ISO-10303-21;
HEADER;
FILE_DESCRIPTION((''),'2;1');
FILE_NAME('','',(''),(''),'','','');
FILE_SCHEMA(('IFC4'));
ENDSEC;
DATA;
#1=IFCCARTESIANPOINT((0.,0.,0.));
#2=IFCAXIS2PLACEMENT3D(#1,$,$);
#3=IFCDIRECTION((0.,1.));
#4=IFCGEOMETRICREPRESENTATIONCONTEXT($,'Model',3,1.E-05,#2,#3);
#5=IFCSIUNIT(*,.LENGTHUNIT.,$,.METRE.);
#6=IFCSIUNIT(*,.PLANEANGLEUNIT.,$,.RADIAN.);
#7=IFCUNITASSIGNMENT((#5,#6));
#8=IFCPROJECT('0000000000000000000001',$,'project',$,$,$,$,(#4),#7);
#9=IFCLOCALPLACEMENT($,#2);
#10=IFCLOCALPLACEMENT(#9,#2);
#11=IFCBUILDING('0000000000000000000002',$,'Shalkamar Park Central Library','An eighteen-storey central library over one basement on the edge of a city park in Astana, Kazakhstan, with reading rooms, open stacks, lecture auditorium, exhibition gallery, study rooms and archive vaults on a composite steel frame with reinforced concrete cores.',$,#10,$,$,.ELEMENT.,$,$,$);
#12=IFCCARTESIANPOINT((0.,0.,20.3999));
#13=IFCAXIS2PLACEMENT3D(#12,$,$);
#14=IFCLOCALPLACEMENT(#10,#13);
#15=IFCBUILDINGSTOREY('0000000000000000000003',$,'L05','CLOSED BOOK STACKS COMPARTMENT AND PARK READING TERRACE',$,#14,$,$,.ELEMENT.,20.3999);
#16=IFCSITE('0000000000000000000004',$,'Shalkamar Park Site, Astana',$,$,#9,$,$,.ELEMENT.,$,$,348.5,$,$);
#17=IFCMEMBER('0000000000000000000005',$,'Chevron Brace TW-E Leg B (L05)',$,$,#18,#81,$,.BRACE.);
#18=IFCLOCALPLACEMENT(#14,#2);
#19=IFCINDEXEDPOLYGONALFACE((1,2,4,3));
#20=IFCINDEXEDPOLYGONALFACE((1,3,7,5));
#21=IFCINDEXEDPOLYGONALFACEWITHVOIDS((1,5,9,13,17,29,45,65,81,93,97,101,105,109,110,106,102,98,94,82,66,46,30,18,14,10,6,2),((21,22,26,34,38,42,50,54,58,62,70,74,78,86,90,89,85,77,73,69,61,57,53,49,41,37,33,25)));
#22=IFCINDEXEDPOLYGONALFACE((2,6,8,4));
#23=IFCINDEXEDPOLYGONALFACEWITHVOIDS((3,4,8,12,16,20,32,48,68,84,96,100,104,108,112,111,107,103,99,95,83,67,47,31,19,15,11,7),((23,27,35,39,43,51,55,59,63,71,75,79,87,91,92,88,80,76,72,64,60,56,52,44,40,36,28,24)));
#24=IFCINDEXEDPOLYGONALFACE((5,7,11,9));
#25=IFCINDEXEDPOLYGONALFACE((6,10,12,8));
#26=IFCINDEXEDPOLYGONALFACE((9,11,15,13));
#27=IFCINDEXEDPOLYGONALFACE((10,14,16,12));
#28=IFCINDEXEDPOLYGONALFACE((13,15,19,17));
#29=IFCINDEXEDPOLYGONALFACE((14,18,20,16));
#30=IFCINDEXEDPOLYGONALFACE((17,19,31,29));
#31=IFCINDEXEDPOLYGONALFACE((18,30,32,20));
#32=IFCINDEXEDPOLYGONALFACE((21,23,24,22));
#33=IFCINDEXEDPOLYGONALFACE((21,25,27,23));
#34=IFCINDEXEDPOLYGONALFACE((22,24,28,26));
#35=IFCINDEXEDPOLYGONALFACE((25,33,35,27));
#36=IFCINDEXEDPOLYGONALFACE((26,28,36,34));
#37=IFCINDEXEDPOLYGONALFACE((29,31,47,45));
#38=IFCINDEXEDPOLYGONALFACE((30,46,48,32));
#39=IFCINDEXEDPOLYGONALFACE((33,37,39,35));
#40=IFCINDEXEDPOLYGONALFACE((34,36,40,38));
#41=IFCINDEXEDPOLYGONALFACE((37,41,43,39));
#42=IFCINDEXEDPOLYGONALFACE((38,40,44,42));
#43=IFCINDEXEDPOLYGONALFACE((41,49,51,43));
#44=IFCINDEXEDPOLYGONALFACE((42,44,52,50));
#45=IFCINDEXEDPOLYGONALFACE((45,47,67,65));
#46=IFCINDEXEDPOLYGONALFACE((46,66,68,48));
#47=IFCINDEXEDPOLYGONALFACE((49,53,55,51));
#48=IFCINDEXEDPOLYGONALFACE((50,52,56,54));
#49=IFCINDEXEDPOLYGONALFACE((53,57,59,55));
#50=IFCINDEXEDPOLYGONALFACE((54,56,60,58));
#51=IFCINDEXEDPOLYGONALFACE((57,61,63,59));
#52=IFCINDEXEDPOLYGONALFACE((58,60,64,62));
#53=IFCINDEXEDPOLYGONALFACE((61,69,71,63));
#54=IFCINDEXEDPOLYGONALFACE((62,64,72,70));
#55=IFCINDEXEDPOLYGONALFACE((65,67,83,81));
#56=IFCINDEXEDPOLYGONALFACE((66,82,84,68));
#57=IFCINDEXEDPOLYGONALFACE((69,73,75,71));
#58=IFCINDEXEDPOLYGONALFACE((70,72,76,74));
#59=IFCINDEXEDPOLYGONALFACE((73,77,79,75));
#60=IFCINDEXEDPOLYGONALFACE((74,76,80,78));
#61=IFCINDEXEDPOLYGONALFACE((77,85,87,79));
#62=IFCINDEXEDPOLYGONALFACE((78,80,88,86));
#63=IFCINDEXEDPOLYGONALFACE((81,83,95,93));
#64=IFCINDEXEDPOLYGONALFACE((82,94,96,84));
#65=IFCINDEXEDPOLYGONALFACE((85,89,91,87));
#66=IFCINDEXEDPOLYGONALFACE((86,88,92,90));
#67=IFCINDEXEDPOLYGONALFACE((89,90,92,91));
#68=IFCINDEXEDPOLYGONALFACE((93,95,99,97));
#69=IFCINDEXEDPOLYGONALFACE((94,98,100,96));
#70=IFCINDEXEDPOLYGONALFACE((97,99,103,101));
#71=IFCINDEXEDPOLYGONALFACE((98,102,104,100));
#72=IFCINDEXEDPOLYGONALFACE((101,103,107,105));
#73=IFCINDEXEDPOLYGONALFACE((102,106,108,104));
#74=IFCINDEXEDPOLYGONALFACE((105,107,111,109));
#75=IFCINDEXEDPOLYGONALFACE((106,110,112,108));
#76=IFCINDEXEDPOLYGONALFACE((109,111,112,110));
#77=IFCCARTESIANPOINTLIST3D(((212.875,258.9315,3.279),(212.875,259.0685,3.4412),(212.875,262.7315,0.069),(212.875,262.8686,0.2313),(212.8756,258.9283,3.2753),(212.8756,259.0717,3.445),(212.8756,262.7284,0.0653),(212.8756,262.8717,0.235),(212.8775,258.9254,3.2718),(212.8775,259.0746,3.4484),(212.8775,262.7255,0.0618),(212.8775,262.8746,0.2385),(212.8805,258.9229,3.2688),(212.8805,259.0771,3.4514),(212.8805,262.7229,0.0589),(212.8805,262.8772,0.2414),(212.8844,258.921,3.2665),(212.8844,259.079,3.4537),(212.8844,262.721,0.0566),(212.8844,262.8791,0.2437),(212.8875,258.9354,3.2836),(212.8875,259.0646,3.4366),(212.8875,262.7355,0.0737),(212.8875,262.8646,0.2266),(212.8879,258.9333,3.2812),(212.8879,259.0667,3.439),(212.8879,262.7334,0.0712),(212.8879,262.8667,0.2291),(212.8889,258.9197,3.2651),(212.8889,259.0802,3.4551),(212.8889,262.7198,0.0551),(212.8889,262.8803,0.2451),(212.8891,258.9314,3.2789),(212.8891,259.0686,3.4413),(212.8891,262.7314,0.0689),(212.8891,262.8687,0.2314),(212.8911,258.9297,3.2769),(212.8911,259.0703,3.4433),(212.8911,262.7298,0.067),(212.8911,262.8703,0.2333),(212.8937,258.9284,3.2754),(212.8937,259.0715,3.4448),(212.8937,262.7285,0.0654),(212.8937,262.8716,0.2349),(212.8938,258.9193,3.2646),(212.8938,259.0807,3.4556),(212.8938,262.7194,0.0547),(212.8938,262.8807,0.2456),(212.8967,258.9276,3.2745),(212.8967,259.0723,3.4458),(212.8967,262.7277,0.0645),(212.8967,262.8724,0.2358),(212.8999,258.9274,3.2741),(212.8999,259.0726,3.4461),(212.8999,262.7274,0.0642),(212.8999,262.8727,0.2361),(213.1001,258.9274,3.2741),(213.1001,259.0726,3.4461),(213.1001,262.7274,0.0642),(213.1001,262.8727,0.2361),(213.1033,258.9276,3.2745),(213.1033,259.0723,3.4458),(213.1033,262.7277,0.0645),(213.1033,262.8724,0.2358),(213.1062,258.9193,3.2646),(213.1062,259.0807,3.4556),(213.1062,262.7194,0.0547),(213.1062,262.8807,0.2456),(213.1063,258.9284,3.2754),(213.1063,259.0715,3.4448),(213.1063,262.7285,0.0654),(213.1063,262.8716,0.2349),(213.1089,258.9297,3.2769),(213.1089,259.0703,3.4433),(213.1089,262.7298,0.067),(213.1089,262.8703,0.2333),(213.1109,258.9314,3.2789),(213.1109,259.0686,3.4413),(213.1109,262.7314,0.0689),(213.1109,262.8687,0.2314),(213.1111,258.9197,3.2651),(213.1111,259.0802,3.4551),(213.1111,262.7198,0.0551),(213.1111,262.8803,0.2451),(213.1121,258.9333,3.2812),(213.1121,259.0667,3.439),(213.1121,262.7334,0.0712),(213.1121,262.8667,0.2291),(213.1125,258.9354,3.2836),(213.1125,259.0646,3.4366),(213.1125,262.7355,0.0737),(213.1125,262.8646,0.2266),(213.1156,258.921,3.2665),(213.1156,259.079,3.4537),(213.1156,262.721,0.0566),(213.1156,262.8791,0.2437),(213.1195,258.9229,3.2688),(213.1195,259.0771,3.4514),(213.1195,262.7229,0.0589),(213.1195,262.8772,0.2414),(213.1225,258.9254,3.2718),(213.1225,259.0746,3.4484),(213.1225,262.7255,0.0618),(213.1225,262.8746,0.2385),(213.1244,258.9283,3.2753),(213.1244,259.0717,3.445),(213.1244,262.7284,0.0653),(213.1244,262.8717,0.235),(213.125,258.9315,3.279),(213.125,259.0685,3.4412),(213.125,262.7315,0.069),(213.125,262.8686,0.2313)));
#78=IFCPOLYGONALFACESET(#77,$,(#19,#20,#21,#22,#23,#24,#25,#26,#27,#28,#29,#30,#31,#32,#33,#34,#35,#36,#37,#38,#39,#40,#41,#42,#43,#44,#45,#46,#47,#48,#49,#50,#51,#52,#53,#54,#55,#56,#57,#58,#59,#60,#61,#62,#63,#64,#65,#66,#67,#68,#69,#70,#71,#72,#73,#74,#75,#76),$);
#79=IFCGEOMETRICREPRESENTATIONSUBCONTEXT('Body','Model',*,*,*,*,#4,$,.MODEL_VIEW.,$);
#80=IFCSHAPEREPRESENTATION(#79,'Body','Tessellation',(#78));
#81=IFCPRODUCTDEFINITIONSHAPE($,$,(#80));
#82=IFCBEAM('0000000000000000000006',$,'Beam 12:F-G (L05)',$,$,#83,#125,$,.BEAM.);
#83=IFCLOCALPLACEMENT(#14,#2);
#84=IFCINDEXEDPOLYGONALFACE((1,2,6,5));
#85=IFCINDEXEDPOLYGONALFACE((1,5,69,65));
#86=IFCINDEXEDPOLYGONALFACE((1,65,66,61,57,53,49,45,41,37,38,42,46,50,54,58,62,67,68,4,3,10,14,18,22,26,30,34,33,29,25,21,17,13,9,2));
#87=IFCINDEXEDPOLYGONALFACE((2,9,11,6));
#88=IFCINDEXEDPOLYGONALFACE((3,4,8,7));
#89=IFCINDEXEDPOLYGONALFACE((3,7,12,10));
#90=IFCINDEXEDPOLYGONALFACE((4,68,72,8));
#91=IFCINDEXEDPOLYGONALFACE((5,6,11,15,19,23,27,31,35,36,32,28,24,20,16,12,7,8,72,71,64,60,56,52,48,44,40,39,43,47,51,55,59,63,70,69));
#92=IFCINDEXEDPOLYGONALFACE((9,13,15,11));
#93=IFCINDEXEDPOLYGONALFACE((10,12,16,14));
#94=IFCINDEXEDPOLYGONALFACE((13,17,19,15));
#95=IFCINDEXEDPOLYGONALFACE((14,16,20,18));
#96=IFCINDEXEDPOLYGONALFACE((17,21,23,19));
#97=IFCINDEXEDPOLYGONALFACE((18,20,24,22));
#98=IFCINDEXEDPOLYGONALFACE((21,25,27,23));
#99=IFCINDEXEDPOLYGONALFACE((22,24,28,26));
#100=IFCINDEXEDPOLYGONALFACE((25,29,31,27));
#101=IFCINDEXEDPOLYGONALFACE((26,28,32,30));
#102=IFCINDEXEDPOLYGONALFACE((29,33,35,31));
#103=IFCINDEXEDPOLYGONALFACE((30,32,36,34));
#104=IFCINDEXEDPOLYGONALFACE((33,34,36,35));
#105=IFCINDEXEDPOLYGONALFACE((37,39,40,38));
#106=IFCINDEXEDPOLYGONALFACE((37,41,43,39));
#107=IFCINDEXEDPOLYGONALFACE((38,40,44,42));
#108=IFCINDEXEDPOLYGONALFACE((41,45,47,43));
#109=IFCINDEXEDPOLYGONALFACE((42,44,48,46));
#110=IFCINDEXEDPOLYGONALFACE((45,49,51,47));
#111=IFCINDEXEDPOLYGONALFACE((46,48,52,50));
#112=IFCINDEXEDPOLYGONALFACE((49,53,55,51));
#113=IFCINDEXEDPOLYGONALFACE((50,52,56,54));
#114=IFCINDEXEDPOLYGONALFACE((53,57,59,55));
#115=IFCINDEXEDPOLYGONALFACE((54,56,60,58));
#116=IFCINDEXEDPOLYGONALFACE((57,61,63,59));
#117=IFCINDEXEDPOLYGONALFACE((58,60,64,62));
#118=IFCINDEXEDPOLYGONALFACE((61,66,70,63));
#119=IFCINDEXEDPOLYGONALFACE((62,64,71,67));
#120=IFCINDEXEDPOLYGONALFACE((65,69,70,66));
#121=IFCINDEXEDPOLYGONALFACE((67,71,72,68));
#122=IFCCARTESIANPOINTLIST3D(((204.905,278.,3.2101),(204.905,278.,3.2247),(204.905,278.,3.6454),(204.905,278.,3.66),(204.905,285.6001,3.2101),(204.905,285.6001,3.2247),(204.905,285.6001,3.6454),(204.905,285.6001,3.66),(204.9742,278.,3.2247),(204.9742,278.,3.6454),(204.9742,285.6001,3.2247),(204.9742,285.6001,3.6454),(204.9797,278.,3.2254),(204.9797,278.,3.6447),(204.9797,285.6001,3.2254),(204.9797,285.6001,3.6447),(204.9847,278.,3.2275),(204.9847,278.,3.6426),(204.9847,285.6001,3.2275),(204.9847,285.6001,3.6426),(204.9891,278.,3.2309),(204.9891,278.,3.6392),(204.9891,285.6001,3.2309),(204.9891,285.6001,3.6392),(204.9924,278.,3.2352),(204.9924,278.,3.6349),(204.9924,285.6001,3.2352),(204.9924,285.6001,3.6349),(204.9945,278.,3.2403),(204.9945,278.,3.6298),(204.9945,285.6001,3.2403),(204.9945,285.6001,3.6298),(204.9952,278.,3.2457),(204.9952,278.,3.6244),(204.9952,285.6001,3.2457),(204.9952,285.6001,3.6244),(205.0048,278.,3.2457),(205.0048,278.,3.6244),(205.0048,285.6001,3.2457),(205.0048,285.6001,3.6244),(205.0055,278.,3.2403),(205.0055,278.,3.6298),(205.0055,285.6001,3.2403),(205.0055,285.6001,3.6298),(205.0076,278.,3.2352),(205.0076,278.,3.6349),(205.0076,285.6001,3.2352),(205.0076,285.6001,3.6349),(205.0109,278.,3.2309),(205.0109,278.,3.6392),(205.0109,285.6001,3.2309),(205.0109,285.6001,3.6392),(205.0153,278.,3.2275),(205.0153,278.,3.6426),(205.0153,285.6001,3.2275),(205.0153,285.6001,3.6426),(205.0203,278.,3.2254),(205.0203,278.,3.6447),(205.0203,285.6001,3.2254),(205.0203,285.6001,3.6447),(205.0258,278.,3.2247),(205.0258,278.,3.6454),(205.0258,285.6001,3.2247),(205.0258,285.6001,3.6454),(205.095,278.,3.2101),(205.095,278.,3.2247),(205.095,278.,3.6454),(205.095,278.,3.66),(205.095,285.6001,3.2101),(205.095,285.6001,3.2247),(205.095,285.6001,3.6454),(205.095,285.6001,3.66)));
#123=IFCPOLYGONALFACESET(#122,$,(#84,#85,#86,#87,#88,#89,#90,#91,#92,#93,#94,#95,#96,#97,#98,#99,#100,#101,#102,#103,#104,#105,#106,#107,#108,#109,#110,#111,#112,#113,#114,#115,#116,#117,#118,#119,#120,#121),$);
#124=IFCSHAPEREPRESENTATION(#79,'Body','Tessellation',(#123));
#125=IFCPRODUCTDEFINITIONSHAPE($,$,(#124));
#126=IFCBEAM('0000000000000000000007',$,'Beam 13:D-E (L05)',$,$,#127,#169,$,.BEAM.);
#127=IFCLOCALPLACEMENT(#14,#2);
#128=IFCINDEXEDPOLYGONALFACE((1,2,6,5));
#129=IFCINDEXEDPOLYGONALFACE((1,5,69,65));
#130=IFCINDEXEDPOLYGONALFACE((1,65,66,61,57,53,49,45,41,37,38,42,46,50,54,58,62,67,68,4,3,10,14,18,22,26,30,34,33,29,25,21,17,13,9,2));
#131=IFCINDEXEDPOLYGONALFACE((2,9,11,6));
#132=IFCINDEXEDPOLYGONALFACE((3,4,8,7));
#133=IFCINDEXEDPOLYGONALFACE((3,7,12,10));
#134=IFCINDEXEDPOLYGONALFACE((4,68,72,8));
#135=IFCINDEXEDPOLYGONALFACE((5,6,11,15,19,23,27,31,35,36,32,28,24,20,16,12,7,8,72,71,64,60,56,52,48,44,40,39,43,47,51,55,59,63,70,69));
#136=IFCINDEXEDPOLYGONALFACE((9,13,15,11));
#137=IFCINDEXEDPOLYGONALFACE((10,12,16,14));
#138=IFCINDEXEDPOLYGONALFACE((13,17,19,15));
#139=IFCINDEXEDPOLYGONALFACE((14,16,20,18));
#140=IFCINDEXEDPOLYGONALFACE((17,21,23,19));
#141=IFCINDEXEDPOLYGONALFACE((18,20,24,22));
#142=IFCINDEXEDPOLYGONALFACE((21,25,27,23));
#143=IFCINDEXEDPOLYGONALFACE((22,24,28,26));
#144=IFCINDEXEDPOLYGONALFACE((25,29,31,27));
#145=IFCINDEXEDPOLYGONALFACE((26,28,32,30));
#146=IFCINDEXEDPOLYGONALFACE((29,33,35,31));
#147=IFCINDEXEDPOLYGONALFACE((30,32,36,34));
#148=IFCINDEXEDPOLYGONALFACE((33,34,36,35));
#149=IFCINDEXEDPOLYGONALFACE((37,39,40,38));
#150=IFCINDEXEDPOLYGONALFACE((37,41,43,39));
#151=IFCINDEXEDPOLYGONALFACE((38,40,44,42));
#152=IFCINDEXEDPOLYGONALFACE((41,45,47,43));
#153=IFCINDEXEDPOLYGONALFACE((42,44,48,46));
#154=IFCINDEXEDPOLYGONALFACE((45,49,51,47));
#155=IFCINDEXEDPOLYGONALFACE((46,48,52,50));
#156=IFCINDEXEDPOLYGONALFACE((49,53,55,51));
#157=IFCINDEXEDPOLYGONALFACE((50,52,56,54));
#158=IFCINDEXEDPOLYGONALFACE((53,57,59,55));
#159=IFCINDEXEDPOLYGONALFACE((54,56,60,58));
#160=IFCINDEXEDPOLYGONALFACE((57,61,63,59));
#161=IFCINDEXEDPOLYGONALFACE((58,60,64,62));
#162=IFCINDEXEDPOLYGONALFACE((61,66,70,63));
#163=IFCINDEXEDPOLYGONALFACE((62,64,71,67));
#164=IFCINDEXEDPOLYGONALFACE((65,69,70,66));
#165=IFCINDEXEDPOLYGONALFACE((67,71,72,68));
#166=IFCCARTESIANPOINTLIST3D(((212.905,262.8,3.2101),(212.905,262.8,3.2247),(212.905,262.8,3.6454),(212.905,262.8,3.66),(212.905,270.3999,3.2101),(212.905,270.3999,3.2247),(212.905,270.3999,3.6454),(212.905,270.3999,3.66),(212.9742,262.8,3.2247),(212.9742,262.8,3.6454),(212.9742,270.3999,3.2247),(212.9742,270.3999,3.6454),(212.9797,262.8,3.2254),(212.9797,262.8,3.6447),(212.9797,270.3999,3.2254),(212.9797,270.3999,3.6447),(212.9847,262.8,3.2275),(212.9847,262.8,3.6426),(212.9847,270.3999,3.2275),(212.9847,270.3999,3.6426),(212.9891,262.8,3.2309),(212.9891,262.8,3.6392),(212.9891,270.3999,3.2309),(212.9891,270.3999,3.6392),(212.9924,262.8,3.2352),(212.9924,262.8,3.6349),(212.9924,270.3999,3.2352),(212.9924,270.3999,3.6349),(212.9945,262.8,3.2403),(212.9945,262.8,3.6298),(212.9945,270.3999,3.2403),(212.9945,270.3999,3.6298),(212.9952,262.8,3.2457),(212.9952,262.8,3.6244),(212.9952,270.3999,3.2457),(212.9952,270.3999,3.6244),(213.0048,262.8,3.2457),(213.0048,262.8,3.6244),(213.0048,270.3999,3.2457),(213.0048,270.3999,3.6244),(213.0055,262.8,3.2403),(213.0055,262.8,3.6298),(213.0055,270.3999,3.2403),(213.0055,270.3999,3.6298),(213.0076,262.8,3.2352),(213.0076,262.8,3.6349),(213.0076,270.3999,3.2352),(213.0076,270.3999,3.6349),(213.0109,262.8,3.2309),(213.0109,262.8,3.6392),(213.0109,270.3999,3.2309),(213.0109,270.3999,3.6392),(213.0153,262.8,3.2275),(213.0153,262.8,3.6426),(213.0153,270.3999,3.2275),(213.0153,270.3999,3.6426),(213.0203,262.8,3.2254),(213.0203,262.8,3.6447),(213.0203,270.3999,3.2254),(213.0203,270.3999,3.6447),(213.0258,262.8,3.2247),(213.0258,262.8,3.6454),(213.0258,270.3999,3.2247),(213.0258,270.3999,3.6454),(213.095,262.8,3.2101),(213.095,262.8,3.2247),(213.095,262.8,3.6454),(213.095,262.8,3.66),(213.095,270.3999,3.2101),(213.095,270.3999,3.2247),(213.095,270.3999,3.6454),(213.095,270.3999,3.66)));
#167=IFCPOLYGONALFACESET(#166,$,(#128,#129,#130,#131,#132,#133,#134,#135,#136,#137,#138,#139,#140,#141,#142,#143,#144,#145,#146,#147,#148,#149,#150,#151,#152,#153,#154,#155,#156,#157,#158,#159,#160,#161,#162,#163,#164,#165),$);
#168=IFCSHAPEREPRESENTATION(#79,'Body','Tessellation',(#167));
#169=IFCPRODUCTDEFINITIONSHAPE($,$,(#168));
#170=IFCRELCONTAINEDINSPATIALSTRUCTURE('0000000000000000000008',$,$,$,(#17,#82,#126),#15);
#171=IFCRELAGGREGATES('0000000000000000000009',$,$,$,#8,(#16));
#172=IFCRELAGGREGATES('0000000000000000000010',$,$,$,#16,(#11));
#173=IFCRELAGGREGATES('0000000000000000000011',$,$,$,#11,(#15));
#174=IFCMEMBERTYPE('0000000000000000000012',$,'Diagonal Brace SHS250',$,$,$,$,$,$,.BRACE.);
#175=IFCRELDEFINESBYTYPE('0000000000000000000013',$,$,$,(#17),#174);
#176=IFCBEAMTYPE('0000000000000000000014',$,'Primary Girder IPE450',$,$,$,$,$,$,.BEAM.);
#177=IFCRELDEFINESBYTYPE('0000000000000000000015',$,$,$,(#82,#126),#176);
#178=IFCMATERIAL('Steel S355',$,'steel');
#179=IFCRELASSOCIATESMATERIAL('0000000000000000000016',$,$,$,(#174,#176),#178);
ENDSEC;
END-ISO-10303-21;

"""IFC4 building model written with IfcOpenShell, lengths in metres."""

from ifc_helpers import new_model, si_unit, direction, frame, origin, origin_2d, place, context, subcontext, project, spatial, hollow_rectangle, i_section, extrude, material, material_profile, profile_set, type_object, element, save


model = new_model("IFC4")

# Units and contexts
model_context = context("Model", 3, precision=1e-05, world=origin(), true_north=direction((0.0, 1.0)))
body_context = subcontext(model_context, "Body", "Model", "MODEL_VIEW")
ifc_project = project(units=[si_unit("LENGTHUNIT", "METRE"), si_unit("PLANEANGLEUNIT", "RADIAN")], contexts=[model_context])

# Site, building, storey
site_placement = place(None, origin())
site = spatial("IfcSite", under=ifc_project, at=site_placement, Name="Shalkamar Park Site, Astana", CompositionType="ELEMENT", RefElevation=348.5)
building_placement = place(site_placement, origin())
building = spatial("IfcBuilding", under=site, at=building_placement, Name="Shalkamar Park Central Library", Description="An eighteen-storey central library over one basement on the edge of a city park in Astana, Kazakhstan, with reading rooms, open stacks, lecture auditorium, exhibition gallery, study rooms and archive vaults on a composite steel frame with reinforced concrete cores.", CompositionType="ELEMENT")
storey_placement = place(building_placement, frame((0.0, 0.0, 20.3999)))
storey = spatial("IfcBuildingStorey", under=building, at=storey_placement, Name="L05", Description="CLOSED BOOK STACKS COMPARTMENT AND PARK READING TERRACE", CompositionType="ELEMENT", Elevation=20.3999)

# Shared definitions
ifc_material_1 = material(Name="Steel S355", Category="steel")

# Member
ifc_material_profile_1 = material_profile(ifc_material_1, hollow_rectangle(XDim=0.25, YDim=0.25, WallThickness=0.0125, InnerFilletRadius=0.0125, OuterFilletRadius=0.0188, at=origin_2d()), Name="SHS 250x250x12.5")
ifc_profile_set_1 = profile_set([ifc_material_profile_1], Name="Steel S355")
member_type = type_object("IfcMemberType", Name="Diagonal Brace SHS250", PredefinedType="BRACE", material=ifc_profile_set_1)
member_placement = place(storey_placement, frame((213.0, 262.8, 0.1501), z_axis=(0.0, -0.763928, 0.645302), x_axis=(1.0, 0.0, 0.0)))
element("IfcMember", 1, at=member_placement, inside=storey, type_object=member_type, Name="Chevron Brace TW-E Leg B (L05)", PredefinedType="BRACE", context=body_context, shape_type="SweptSolid", body=[
    extrude(hollow_rectangle(XDim=0.25, YDim=0.25, WallThickness=0.0125, InnerFilletRadius=0.0125, OuterFilletRadius=0.0188, at=origin_2d()), origin(), (0.0, 0.0, 1.0), 4.9744),
])

# Beams
ifc_material_profile_2 = material_profile(ifc_material_1, i_section(OverallWidth=0.1899, OverallDepth=0.45, WebThickness=0.0095, FlangeThickness=0.0146, FilletRadius=0.021, at=origin_2d()), Name="IPE 450")
ifc_profile_set_2 = profile_set([ifc_material_profile_2], Name="Steel S355")
beam_type_1 = type_object("IfcBeamType", Name="Primary Girder IPE450", PredefinedType="BEAM", material=ifc_profile_set_2)
beam_1_placement = place(storey_placement, frame((205.0, 278.0, 3.4351), z_axis=(0.0, 1.0, 0.0), x_axis=(-1.0, 0.0, 0.0)))
element("IfcBeam", 2, at=beam_1_placement, inside=storey, type_object=beam_type_1, Name="Beam 12:F-G (L05)", PredefinedType="BEAM", context=body_context, shape_type="SweptSolid", body=[
    extrude(i_section(OverallWidth=0.1899, OverallDepth=0.45, WebThickness=0.0095, FlangeThickness=0.0146, FilletRadius=0.021, at=origin_2d()), origin(), (0.0, 0.0, 1.0), 7.6001),
])
beam_2_placement = place(storey_placement, frame((213.0, 262.8, 3.4351), z_axis=(0.0, 1.0, 0.0), x_axis=(-1.0, 0.0, 0.0)))
element("IfcBeam", 3, at=beam_2_placement, inside=storey, type_object=beam_type_1, Name="Beam 13:D-E (L05)", PredefinedType="BEAM", context=body_context, shape_type="SweptSolid", body=[
    extrude(i_section(OverallWidth=0.1899, OverallDepth=0.45, WebThickness=0.0095, FlangeThickness=0.0146, FilletRadius=0.021, at=origin_2d()), origin(), (0.0, 0.0, 1.0), 7.5999),
])

save(model, "model.ifc")
